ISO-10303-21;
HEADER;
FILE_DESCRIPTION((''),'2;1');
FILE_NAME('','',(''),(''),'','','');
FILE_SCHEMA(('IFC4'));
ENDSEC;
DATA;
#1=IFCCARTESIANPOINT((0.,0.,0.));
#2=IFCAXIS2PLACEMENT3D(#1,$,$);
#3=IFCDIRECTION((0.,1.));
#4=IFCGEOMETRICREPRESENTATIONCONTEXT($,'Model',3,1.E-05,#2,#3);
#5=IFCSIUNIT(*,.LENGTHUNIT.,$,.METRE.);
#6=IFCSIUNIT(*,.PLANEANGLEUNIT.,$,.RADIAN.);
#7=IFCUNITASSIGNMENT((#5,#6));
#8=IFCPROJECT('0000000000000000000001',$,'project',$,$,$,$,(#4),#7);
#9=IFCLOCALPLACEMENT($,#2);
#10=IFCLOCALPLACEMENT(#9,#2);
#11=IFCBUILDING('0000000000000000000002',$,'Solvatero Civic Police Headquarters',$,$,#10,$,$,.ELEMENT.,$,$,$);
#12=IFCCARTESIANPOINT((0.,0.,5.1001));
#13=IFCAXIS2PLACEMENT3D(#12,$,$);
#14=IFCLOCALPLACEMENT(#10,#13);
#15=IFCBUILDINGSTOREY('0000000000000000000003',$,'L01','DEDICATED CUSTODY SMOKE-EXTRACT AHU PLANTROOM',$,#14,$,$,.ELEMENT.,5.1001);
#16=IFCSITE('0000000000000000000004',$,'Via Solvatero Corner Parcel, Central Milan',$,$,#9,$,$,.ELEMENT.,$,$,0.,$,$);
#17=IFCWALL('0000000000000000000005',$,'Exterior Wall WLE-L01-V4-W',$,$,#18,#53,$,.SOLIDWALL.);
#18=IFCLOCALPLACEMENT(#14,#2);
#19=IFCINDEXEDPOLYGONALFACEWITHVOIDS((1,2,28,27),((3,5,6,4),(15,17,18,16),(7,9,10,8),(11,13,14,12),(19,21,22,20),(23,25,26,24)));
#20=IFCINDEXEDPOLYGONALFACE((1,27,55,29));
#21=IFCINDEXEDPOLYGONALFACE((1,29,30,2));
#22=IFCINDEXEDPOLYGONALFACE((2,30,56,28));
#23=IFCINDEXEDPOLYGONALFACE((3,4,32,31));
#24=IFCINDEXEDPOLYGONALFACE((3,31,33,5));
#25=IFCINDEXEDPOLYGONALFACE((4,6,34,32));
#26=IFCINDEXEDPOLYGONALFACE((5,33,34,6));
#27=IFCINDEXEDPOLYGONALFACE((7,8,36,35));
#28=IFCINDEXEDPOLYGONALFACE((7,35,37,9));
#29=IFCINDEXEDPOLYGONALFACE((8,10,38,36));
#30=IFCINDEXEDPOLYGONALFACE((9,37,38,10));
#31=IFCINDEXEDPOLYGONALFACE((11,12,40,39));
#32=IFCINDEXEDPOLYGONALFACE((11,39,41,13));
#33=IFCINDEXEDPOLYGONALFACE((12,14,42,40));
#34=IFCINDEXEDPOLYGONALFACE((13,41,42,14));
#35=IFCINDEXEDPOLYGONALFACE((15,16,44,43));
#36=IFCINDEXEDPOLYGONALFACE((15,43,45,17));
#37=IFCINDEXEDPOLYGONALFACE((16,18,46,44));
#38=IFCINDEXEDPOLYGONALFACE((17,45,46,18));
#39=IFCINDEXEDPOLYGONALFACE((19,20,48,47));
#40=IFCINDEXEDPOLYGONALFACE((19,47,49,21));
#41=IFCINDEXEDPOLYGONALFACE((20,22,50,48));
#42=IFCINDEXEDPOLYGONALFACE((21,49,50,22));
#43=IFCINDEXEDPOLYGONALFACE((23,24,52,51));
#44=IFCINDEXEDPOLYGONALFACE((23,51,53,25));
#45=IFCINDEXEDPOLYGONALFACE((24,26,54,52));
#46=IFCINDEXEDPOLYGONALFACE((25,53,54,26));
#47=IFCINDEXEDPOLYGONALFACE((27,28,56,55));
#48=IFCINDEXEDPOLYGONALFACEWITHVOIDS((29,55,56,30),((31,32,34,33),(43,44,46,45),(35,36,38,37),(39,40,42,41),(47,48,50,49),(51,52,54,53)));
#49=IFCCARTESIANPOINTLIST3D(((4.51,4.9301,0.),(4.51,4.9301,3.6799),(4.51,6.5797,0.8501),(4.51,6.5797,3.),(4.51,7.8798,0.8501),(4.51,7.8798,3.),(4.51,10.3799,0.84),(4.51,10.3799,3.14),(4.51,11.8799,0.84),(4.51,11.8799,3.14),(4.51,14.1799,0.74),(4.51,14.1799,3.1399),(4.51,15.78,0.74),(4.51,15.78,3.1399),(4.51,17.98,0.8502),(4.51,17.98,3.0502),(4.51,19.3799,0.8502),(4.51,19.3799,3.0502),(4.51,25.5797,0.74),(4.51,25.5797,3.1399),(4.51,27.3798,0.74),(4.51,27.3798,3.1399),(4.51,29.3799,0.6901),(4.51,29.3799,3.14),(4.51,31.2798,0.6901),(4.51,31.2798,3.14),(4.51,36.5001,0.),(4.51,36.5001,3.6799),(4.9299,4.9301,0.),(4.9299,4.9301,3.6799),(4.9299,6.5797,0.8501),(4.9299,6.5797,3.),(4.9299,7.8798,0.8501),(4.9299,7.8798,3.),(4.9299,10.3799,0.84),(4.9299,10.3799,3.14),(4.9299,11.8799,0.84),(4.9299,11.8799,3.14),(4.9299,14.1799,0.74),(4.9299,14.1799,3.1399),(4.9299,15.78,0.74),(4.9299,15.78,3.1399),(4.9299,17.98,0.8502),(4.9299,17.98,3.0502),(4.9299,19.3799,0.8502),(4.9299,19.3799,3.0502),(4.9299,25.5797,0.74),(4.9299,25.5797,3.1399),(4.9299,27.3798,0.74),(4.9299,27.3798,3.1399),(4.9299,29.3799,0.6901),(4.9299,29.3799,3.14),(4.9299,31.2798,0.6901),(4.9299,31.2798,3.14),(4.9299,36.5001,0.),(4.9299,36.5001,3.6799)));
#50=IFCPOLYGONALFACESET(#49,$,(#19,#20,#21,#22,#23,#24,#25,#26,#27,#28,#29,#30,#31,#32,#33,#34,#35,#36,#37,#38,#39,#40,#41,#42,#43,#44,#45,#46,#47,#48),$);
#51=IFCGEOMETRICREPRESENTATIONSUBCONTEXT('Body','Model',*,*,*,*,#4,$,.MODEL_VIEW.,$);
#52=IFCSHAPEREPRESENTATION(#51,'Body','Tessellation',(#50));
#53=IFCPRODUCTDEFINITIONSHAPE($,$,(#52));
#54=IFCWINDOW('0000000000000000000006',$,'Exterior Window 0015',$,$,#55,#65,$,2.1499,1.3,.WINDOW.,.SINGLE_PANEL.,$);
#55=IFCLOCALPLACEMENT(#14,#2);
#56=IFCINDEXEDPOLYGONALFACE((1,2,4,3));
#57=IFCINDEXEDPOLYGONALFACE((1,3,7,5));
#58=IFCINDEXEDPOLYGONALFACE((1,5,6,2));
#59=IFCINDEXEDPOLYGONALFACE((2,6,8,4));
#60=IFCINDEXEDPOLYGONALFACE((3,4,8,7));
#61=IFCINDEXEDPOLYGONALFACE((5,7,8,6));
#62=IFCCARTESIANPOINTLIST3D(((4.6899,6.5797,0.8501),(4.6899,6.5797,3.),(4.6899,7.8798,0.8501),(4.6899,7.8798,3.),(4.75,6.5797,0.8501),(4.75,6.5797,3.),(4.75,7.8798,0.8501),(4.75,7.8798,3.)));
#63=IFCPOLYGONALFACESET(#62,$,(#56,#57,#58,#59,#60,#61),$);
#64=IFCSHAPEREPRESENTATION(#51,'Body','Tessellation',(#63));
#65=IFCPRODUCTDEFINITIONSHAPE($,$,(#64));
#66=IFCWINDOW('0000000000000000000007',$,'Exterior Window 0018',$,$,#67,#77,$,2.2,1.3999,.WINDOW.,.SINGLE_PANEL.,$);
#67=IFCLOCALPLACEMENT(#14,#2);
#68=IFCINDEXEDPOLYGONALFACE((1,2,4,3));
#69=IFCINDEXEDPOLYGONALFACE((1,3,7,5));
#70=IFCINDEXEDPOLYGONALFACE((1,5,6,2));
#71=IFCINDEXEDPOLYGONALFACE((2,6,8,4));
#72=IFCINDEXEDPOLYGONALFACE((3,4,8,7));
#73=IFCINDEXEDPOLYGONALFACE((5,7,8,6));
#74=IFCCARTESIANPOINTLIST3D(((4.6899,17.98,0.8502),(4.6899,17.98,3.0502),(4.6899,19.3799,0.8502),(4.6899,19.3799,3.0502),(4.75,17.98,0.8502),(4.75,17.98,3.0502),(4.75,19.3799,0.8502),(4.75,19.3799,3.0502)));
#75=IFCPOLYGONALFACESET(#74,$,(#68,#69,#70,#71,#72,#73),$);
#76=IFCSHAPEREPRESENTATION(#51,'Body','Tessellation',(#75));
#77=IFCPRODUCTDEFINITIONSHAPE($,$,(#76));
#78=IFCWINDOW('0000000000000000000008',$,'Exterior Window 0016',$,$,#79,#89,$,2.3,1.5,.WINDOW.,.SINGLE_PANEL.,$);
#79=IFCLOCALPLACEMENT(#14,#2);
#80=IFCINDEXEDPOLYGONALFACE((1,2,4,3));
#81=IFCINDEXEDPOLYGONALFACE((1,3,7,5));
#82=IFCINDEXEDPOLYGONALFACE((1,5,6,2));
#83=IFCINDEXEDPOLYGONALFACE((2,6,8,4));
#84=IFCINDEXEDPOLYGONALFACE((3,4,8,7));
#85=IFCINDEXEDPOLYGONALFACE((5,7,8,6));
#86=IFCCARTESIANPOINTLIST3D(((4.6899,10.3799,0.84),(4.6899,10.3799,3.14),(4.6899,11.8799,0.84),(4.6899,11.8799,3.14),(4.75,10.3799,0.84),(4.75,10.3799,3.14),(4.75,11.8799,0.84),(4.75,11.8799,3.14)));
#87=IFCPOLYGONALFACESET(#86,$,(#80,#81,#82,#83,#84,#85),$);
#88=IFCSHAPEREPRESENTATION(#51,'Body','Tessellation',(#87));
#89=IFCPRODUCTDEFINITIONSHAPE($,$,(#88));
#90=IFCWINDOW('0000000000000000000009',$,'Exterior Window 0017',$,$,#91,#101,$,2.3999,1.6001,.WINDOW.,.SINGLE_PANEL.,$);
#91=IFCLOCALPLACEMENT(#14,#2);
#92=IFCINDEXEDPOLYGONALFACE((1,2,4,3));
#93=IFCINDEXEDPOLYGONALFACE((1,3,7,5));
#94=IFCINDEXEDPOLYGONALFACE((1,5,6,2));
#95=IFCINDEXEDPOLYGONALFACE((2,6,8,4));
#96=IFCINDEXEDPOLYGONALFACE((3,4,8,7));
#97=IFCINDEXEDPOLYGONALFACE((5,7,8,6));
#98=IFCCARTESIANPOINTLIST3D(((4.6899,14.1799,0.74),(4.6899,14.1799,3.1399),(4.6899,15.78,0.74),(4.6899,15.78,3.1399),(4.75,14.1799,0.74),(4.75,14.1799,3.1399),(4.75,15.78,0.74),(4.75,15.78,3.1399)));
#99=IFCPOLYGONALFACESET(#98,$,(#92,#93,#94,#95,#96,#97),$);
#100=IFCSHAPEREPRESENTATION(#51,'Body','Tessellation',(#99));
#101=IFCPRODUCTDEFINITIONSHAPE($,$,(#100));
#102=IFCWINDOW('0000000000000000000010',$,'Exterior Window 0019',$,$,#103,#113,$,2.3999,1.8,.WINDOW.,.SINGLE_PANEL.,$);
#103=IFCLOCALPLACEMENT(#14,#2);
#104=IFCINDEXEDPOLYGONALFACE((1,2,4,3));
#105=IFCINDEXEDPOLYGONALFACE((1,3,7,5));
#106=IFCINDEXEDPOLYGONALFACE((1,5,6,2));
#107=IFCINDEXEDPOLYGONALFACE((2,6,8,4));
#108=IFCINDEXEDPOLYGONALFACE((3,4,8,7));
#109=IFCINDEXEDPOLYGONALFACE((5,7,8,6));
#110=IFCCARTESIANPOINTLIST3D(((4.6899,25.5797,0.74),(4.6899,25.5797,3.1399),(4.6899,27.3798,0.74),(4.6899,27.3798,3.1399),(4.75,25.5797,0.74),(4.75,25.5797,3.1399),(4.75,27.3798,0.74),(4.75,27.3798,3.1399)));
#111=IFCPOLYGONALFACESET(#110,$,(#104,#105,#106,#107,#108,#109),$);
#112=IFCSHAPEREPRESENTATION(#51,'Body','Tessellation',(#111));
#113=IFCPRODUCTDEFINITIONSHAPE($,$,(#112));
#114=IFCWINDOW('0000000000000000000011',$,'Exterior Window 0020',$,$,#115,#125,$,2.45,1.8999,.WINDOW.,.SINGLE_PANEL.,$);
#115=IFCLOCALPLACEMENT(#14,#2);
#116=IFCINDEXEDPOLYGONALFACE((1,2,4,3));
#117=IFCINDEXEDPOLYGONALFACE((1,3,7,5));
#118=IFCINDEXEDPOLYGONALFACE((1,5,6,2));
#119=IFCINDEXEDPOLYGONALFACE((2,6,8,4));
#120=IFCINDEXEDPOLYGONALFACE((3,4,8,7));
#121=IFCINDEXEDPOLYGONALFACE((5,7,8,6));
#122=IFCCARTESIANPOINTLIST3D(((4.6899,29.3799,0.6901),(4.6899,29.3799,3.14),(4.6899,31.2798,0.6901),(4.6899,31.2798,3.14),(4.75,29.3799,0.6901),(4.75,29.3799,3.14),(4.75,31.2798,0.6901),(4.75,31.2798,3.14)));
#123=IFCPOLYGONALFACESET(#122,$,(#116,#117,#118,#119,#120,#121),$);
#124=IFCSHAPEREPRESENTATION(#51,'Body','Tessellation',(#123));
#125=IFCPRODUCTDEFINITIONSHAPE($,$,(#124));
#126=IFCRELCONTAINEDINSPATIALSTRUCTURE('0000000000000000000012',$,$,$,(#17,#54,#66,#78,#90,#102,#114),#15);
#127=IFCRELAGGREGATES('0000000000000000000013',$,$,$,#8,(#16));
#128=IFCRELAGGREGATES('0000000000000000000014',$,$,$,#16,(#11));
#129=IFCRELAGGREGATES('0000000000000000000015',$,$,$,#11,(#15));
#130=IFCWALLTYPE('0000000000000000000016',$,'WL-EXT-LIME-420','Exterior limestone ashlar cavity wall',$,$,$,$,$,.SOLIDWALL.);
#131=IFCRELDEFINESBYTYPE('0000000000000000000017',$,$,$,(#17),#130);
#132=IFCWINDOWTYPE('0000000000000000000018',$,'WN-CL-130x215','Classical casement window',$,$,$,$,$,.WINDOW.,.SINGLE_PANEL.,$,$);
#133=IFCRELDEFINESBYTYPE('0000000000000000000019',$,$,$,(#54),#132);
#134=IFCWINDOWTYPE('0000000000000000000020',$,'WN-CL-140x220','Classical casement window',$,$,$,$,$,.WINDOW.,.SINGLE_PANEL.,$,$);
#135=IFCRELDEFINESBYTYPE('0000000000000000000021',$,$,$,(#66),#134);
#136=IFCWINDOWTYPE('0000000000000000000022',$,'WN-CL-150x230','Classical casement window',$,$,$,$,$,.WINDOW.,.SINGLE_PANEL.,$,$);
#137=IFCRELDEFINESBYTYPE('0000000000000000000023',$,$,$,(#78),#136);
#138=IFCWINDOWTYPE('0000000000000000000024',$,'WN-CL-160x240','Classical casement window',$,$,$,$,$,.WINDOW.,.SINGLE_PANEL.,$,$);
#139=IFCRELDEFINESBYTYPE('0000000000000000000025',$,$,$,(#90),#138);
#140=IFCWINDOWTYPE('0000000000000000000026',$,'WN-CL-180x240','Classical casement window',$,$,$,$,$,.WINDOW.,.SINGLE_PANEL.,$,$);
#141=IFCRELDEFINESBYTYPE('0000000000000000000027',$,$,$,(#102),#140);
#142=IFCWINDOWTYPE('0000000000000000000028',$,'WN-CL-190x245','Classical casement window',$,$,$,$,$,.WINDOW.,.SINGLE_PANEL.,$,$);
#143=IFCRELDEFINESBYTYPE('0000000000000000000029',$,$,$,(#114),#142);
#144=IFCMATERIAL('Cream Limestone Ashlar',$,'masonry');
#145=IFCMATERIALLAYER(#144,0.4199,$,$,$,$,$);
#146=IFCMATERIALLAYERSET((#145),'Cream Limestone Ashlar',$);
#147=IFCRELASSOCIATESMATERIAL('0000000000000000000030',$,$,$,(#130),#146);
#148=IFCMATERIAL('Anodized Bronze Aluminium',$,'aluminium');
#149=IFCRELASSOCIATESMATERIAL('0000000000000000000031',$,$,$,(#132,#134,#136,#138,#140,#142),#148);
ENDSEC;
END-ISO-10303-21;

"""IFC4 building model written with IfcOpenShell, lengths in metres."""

from ifc_helpers import new_model, si_unit, direction, frame, frame_2d, origin, place, context, subcontext, project, spatial, rectangle, extrude, material, layer, layer_set, type_object, element, fill, save


model = new_model("IFC4")

# Units and contexts
model_context = context("Model", 3, precision=1e-05, world=origin(), true_north=direction((0.0, 1.0)))
body_context = subcontext(model_context, "Body", "Model", "MODEL_VIEW")
ifc_project = project(units=[si_unit("LENGTHUNIT", "METRE"), si_unit("PLANEANGLEUNIT", "RADIAN")], contexts=[model_context])

# Site, building, storey
site_placement = place(None, origin())
site = spatial("IfcSite", under=ifc_project, at=site_placement, Name="Via Solvatero Corner Parcel, Central Milan", CompositionType="ELEMENT", RefElevation=0.0)
building_placement = place(site_placement, origin())
building = spatial("IfcBuilding", under=site, at=building_placement, Name="Solvatero Civic Police Headquarters", CompositionType="ELEMENT")
storey_placement = place(building_placement, frame((0.0, 0.0, 5.1001)))
storey = spatial("IfcBuildingStorey", under=building, at=storey_placement, Name="L01", Description="DEDICATED CUSTODY SMOKE-EXTRACT AHU PLANTROOM", CompositionType="ELEMENT", Elevation=5.1001)

# Wall, openings, windows
ifc_material_1 = material(Name="Cream Limestone Ashlar", Category="masonry")
ifc_layer_1 = layer(ifc_material_1, 0.4199)
ifc_layer_set_1 = layer_set([ifc_layer_1], Name="Cream Limestone Ashlar")
wall_type_1 = type_object("IfcWallType", Name="WL-EXT-LIME-420", Description="Exterior limestone ashlar cavity wall", PredefinedType="SOLIDWALL", material=ifc_layer_set_1)
wall_1_placement = place(storey_placement, frame((4.72, 4.9299, 0.0), z_axis=(0.0, 0.0, 1.0), x_axis=(0.0, 1.0, 0.0)))
wall_1 = element("IfcWall", 1, at=wall_1_placement, inside=storey, type_object=wall_type_1, Name="Exterior Wall WLE-L01-V4-W", PredefinedType="SOLIDWALL", context=body_context, shape_type="SweptSolid", body=[
    extrude(rectangle(XDim=31.5701, YDim=0.4199, at=frame_2d((15.7852, 0.0))), origin(), (0.0, 0.0, 1.0), 3.6799),
])
opening_1_placement = place(wall_1_placement, frame((1.6499, 0.0, 0.8501)))
opening_1 = element("IfcOpeningElement", 2, at=opening_1_placement, cuts=wall_1, PredefinedType="OPENING", context=body_context, shape_type="SweptSolid", body=[
    extrude(rectangle(XDim=1.3, YDim=2.1499, at=frame_2d((0.6499, 1.075))), frame((0.0, 0.22, 0.0), z_axis=(0.0, -1.0, 0.0), x_axis=(1.0, 0.0, 0.0)), (0.0, 0.0, 1.0), 0.4399),
])
opening_2_placement = place(wall_1_placement, frame((5.45, 0.0, 0.8401)))
opening_2 = element("IfcOpeningElement", 3, at=opening_2_placement, cuts=wall_1, PredefinedType="OPENING", context=body_context, shape_type="SweptSolid", body=[
    extrude(rectangle(XDim=1.5, YDim=2.3, at=frame_2d((0.75, 1.1499))), frame((0.0, 0.22, 0.0), z_axis=(0.0, -1.0, 0.0), x_axis=(1.0, 0.0, 0.0)), (0.0, 0.0, 1.0), 0.4399),
])
opening_3_placement = place(wall_1_placement, frame((9.25, 0.0, 0.74)))
opening_3 = element("IfcOpeningElement", 4, at=opening_3_placement, cuts=wall_1, PredefinedType="OPENING", context=body_context, shape_type="SweptSolid", body=[
    extrude(rectangle(XDim=1.6001, YDim=2.3999, at=frame_2d((0.8, 1.2))), frame((0.0, 0.22, 0.0), z_axis=(0.0, -1.0, 0.0), x_axis=(1.0, 0.0, 0.0)), (0.0, 0.0, 1.0), 0.4399),
])
opening_4_placement = place(wall_1_placement, frame((13.05, 0.0, 0.8501)))
opening_4 = element("IfcOpeningElement", 5, at=opening_4_placement, cuts=wall_1, PredefinedType="OPENING", context=body_context, shape_type="SweptSolid", body=[
    extrude(rectangle(XDim=1.3999, YDim=2.2, at=frame_2d((0.7, 1.1001))), frame((0.0, 0.22, 0.0), z_axis=(0.0, -1.0, 0.0), x_axis=(1.0, 0.0, 0.0)), (0.0, 0.0, 1.0), 0.4399),
])
opening_5_placement = place(wall_1_placement, frame((20.6499, 0.0, 0.74)))
opening_5 = element("IfcOpeningElement", 6, at=opening_5_placement, cuts=wall_1, PredefinedType="OPENING", context=body_context, shape_type="SweptSolid", body=[
    extrude(rectangle(XDim=1.8, YDim=2.3999, at=frame_2d((0.8999, 1.2))), frame((0.0, 0.22, 0.0), z_axis=(0.0, -1.0, 0.0), x_axis=(1.0, 0.0, 0.0)), (0.0, 0.0, 1.0), 0.4399),
])
opening_6_placement = place(wall_1_placement, frame((24.45, 0.0, 0.6899)))
opening_6 = element("IfcOpeningElement", 7, at=opening_6_placement, cuts=wall_1, PredefinedType="OPENING", context=body_context, shape_type="SweptSolid", body=[
    extrude(rectangle(XDim=1.8999, YDim=2.45, at=frame_2d((0.95, 1.2251))), frame((0.0, 0.22, 0.0), z_axis=(0.0, -1.0, 0.0), x_axis=(1.0, 0.0, 0.0)), (0.0, 0.0, 1.0), 0.4399),
])
ifc_material_2 = material(Name="Anodized Bronze Aluminium", Category="aluminium")
window_type_1 = type_object("IfcWindowType", Name="WN-CL-130x215", Description="Classical casement window", PartitioningType="SINGLE_PANEL", PredefinedType="WINDOW", material=ifc_material_2)
window_1_placement = place(opening_1_placement, origin())
window_1 = element("IfcWindow", 8, at=window_1_placement, inside=storey, type_object=window_type_1, Name="Exterior Window 0015", OverallHeight=2.1499, OverallWidth=1.3, PartitioningType="SINGLE_PANEL", PredefinedType="WINDOW", context=body_context, shape_type="SweptSolid", body=[
    extrude(rectangle(XDim=1.3, YDim=2.1499, at=frame_2d((0.6499, 1.075))), frame((0.0, 0.03, 0.0), z_axis=(0.0, -1.0, 0.0), x_axis=(1.0, 0.0, 0.0)), (0.0, 0.0, 1.0), 0.0601),
])
fill(opening_1, window_1)
window_type_2 = type_object("IfcWindowType", Name="WN-CL-140x220", Description="Classical casement window", PartitioningType="SINGLE_PANEL", PredefinedType="WINDOW", material=ifc_material_2)
window_2_placement = place(opening_4_placement, origin())
window_2 = element("IfcWindow", 9, at=window_2_placement, inside=storey, type_object=window_type_2, Name="Exterior Window 0018", OverallHeight=2.2, OverallWidth=1.3999, PartitioningType="SINGLE_PANEL", PredefinedType="WINDOW", context=body_context, shape_type="SweptSolid", body=[
    extrude(rectangle(XDim=1.3999, YDim=2.2, at=frame_2d((0.7, 1.1001))), frame((0.0, 0.03, 0.0), z_axis=(0.0, -1.0, 0.0), x_axis=(1.0, 0.0, 0.0)), (0.0, 0.0, 1.0), 0.0601),
])
fill(opening_4, window_2)
window_type_3 = type_object("IfcWindowType", Name="WN-CL-150x230", Description="Classical casement window", PartitioningType="SINGLE_PANEL", PredefinedType="WINDOW", material=ifc_material_2)
window_3_placement = place(opening_2_placement, origin())
window_3 = element("IfcWindow", 10, at=window_3_placement, inside=storey, type_object=window_type_3, Name="Exterior Window 0016", OverallHeight=2.3, OverallWidth=1.5, PartitioningType="SINGLE_PANEL", PredefinedType="WINDOW", context=body_context, shape_type="SweptSolid", body=[
    extrude(rectangle(XDim=1.5, YDim=2.3, at=frame_2d((0.75, 1.1499))), frame((0.0, 0.03, 0.0), z_axis=(0.0, -1.0, 0.0), x_axis=(1.0, 0.0, 0.0)), (0.0, 0.0, 1.0), 0.0601),
])
fill(opening_2, window_3)
window_type_4 = type_object("IfcWindowType", Name="WN-CL-160x240", Description="Classical casement window", PartitioningType="SINGLE_PANEL", PredefinedType="WINDOW", material=ifc_material_2)
window_4_placement = place(opening_3_placement, origin())
window_4 = element("IfcWindow", 11, at=window_4_placement, inside=storey, type_object=window_type_4, Name="Exterior Window 0017", OverallHeight=2.3999, OverallWidth=1.6001, PartitioningType="SINGLE_PANEL", PredefinedType="WINDOW", context=body_context, shape_type="SweptSolid", body=[
    extrude(rectangle(XDim=1.6001, YDim=2.3999, at=frame_2d((0.8, 1.2))), frame((0.0, 0.03, 0.0), z_axis=(0.0, -1.0, 0.0), x_axis=(1.0, 0.0, 0.0)), (0.0, 0.0, 1.0), 0.0601),
])
fill(opening_3, window_4)
window_type_5 = type_object("IfcWindowType", Name="WN-CL-180x240", Description="Classical casement window", PartitioningType="SINGLE_PANEL", PredefinedType="WINDOW", material=ifc_material_2)
window_5_placement = place(opening_5_placement, origin())
window_5 = element("IfcWindow", 12, at=window_5_placement, inside=storey, type_object=window_type_5, Name="Exterior Window 0019", OverallHeight=2.3999, OverallWidth=1.8, PartitioningType="SINGLE_PANEL", PredefinedType="WINDOW", context=body_context, shape_type="SweptSolid", body=[
    extrude(rectangle(XDim=1.8, YDim=2.3999, at=frame_2d((0.8999, 1.2))), frame((0.0, 0.03, 0.0), z_axis=(0.0, -1.0, 0.0), x_axis=(1.0, 0.0, 0.0)), (0.0, 0.0, 1.0), 0.0601),
])
fill(opening_5, window_5)
window_type_6 = type_object("IfcWindowType", Name="WN-CL-190x245", Description="Classical casement window", PartitioningType="SINGLE_PANEL", PredefinedType="WINDOW", material=ifc_material_2)
window_6_placement = place(opening_6_placement, origin())
window_6 = element("IfcWindow", 13, at=window_6_placement, inside=storey, type_object=window_type_6, Name="Exterior Window 0020", OverallHeight=2.45, OverallWidth=1.8999, PartitioningType="SINGLE_PANEL", PredefinedType="WINDOW", context=body_context, shape_type="SweptSolid", body=[
    extrude(rectangle(XDim=1.8999, YDim=2.45, at=frame_2d((0.95, 1.2251))), frame((0.0, 0.03, 0.0), z_axis=(0.0, -1.0, 0.0), x_axis=(1.0, 0.0, 0.0)), (0.0, 0.0, 1.0), 0.0601),
])
fill(opening_6, window_6)

save(model, "model.ifc")
